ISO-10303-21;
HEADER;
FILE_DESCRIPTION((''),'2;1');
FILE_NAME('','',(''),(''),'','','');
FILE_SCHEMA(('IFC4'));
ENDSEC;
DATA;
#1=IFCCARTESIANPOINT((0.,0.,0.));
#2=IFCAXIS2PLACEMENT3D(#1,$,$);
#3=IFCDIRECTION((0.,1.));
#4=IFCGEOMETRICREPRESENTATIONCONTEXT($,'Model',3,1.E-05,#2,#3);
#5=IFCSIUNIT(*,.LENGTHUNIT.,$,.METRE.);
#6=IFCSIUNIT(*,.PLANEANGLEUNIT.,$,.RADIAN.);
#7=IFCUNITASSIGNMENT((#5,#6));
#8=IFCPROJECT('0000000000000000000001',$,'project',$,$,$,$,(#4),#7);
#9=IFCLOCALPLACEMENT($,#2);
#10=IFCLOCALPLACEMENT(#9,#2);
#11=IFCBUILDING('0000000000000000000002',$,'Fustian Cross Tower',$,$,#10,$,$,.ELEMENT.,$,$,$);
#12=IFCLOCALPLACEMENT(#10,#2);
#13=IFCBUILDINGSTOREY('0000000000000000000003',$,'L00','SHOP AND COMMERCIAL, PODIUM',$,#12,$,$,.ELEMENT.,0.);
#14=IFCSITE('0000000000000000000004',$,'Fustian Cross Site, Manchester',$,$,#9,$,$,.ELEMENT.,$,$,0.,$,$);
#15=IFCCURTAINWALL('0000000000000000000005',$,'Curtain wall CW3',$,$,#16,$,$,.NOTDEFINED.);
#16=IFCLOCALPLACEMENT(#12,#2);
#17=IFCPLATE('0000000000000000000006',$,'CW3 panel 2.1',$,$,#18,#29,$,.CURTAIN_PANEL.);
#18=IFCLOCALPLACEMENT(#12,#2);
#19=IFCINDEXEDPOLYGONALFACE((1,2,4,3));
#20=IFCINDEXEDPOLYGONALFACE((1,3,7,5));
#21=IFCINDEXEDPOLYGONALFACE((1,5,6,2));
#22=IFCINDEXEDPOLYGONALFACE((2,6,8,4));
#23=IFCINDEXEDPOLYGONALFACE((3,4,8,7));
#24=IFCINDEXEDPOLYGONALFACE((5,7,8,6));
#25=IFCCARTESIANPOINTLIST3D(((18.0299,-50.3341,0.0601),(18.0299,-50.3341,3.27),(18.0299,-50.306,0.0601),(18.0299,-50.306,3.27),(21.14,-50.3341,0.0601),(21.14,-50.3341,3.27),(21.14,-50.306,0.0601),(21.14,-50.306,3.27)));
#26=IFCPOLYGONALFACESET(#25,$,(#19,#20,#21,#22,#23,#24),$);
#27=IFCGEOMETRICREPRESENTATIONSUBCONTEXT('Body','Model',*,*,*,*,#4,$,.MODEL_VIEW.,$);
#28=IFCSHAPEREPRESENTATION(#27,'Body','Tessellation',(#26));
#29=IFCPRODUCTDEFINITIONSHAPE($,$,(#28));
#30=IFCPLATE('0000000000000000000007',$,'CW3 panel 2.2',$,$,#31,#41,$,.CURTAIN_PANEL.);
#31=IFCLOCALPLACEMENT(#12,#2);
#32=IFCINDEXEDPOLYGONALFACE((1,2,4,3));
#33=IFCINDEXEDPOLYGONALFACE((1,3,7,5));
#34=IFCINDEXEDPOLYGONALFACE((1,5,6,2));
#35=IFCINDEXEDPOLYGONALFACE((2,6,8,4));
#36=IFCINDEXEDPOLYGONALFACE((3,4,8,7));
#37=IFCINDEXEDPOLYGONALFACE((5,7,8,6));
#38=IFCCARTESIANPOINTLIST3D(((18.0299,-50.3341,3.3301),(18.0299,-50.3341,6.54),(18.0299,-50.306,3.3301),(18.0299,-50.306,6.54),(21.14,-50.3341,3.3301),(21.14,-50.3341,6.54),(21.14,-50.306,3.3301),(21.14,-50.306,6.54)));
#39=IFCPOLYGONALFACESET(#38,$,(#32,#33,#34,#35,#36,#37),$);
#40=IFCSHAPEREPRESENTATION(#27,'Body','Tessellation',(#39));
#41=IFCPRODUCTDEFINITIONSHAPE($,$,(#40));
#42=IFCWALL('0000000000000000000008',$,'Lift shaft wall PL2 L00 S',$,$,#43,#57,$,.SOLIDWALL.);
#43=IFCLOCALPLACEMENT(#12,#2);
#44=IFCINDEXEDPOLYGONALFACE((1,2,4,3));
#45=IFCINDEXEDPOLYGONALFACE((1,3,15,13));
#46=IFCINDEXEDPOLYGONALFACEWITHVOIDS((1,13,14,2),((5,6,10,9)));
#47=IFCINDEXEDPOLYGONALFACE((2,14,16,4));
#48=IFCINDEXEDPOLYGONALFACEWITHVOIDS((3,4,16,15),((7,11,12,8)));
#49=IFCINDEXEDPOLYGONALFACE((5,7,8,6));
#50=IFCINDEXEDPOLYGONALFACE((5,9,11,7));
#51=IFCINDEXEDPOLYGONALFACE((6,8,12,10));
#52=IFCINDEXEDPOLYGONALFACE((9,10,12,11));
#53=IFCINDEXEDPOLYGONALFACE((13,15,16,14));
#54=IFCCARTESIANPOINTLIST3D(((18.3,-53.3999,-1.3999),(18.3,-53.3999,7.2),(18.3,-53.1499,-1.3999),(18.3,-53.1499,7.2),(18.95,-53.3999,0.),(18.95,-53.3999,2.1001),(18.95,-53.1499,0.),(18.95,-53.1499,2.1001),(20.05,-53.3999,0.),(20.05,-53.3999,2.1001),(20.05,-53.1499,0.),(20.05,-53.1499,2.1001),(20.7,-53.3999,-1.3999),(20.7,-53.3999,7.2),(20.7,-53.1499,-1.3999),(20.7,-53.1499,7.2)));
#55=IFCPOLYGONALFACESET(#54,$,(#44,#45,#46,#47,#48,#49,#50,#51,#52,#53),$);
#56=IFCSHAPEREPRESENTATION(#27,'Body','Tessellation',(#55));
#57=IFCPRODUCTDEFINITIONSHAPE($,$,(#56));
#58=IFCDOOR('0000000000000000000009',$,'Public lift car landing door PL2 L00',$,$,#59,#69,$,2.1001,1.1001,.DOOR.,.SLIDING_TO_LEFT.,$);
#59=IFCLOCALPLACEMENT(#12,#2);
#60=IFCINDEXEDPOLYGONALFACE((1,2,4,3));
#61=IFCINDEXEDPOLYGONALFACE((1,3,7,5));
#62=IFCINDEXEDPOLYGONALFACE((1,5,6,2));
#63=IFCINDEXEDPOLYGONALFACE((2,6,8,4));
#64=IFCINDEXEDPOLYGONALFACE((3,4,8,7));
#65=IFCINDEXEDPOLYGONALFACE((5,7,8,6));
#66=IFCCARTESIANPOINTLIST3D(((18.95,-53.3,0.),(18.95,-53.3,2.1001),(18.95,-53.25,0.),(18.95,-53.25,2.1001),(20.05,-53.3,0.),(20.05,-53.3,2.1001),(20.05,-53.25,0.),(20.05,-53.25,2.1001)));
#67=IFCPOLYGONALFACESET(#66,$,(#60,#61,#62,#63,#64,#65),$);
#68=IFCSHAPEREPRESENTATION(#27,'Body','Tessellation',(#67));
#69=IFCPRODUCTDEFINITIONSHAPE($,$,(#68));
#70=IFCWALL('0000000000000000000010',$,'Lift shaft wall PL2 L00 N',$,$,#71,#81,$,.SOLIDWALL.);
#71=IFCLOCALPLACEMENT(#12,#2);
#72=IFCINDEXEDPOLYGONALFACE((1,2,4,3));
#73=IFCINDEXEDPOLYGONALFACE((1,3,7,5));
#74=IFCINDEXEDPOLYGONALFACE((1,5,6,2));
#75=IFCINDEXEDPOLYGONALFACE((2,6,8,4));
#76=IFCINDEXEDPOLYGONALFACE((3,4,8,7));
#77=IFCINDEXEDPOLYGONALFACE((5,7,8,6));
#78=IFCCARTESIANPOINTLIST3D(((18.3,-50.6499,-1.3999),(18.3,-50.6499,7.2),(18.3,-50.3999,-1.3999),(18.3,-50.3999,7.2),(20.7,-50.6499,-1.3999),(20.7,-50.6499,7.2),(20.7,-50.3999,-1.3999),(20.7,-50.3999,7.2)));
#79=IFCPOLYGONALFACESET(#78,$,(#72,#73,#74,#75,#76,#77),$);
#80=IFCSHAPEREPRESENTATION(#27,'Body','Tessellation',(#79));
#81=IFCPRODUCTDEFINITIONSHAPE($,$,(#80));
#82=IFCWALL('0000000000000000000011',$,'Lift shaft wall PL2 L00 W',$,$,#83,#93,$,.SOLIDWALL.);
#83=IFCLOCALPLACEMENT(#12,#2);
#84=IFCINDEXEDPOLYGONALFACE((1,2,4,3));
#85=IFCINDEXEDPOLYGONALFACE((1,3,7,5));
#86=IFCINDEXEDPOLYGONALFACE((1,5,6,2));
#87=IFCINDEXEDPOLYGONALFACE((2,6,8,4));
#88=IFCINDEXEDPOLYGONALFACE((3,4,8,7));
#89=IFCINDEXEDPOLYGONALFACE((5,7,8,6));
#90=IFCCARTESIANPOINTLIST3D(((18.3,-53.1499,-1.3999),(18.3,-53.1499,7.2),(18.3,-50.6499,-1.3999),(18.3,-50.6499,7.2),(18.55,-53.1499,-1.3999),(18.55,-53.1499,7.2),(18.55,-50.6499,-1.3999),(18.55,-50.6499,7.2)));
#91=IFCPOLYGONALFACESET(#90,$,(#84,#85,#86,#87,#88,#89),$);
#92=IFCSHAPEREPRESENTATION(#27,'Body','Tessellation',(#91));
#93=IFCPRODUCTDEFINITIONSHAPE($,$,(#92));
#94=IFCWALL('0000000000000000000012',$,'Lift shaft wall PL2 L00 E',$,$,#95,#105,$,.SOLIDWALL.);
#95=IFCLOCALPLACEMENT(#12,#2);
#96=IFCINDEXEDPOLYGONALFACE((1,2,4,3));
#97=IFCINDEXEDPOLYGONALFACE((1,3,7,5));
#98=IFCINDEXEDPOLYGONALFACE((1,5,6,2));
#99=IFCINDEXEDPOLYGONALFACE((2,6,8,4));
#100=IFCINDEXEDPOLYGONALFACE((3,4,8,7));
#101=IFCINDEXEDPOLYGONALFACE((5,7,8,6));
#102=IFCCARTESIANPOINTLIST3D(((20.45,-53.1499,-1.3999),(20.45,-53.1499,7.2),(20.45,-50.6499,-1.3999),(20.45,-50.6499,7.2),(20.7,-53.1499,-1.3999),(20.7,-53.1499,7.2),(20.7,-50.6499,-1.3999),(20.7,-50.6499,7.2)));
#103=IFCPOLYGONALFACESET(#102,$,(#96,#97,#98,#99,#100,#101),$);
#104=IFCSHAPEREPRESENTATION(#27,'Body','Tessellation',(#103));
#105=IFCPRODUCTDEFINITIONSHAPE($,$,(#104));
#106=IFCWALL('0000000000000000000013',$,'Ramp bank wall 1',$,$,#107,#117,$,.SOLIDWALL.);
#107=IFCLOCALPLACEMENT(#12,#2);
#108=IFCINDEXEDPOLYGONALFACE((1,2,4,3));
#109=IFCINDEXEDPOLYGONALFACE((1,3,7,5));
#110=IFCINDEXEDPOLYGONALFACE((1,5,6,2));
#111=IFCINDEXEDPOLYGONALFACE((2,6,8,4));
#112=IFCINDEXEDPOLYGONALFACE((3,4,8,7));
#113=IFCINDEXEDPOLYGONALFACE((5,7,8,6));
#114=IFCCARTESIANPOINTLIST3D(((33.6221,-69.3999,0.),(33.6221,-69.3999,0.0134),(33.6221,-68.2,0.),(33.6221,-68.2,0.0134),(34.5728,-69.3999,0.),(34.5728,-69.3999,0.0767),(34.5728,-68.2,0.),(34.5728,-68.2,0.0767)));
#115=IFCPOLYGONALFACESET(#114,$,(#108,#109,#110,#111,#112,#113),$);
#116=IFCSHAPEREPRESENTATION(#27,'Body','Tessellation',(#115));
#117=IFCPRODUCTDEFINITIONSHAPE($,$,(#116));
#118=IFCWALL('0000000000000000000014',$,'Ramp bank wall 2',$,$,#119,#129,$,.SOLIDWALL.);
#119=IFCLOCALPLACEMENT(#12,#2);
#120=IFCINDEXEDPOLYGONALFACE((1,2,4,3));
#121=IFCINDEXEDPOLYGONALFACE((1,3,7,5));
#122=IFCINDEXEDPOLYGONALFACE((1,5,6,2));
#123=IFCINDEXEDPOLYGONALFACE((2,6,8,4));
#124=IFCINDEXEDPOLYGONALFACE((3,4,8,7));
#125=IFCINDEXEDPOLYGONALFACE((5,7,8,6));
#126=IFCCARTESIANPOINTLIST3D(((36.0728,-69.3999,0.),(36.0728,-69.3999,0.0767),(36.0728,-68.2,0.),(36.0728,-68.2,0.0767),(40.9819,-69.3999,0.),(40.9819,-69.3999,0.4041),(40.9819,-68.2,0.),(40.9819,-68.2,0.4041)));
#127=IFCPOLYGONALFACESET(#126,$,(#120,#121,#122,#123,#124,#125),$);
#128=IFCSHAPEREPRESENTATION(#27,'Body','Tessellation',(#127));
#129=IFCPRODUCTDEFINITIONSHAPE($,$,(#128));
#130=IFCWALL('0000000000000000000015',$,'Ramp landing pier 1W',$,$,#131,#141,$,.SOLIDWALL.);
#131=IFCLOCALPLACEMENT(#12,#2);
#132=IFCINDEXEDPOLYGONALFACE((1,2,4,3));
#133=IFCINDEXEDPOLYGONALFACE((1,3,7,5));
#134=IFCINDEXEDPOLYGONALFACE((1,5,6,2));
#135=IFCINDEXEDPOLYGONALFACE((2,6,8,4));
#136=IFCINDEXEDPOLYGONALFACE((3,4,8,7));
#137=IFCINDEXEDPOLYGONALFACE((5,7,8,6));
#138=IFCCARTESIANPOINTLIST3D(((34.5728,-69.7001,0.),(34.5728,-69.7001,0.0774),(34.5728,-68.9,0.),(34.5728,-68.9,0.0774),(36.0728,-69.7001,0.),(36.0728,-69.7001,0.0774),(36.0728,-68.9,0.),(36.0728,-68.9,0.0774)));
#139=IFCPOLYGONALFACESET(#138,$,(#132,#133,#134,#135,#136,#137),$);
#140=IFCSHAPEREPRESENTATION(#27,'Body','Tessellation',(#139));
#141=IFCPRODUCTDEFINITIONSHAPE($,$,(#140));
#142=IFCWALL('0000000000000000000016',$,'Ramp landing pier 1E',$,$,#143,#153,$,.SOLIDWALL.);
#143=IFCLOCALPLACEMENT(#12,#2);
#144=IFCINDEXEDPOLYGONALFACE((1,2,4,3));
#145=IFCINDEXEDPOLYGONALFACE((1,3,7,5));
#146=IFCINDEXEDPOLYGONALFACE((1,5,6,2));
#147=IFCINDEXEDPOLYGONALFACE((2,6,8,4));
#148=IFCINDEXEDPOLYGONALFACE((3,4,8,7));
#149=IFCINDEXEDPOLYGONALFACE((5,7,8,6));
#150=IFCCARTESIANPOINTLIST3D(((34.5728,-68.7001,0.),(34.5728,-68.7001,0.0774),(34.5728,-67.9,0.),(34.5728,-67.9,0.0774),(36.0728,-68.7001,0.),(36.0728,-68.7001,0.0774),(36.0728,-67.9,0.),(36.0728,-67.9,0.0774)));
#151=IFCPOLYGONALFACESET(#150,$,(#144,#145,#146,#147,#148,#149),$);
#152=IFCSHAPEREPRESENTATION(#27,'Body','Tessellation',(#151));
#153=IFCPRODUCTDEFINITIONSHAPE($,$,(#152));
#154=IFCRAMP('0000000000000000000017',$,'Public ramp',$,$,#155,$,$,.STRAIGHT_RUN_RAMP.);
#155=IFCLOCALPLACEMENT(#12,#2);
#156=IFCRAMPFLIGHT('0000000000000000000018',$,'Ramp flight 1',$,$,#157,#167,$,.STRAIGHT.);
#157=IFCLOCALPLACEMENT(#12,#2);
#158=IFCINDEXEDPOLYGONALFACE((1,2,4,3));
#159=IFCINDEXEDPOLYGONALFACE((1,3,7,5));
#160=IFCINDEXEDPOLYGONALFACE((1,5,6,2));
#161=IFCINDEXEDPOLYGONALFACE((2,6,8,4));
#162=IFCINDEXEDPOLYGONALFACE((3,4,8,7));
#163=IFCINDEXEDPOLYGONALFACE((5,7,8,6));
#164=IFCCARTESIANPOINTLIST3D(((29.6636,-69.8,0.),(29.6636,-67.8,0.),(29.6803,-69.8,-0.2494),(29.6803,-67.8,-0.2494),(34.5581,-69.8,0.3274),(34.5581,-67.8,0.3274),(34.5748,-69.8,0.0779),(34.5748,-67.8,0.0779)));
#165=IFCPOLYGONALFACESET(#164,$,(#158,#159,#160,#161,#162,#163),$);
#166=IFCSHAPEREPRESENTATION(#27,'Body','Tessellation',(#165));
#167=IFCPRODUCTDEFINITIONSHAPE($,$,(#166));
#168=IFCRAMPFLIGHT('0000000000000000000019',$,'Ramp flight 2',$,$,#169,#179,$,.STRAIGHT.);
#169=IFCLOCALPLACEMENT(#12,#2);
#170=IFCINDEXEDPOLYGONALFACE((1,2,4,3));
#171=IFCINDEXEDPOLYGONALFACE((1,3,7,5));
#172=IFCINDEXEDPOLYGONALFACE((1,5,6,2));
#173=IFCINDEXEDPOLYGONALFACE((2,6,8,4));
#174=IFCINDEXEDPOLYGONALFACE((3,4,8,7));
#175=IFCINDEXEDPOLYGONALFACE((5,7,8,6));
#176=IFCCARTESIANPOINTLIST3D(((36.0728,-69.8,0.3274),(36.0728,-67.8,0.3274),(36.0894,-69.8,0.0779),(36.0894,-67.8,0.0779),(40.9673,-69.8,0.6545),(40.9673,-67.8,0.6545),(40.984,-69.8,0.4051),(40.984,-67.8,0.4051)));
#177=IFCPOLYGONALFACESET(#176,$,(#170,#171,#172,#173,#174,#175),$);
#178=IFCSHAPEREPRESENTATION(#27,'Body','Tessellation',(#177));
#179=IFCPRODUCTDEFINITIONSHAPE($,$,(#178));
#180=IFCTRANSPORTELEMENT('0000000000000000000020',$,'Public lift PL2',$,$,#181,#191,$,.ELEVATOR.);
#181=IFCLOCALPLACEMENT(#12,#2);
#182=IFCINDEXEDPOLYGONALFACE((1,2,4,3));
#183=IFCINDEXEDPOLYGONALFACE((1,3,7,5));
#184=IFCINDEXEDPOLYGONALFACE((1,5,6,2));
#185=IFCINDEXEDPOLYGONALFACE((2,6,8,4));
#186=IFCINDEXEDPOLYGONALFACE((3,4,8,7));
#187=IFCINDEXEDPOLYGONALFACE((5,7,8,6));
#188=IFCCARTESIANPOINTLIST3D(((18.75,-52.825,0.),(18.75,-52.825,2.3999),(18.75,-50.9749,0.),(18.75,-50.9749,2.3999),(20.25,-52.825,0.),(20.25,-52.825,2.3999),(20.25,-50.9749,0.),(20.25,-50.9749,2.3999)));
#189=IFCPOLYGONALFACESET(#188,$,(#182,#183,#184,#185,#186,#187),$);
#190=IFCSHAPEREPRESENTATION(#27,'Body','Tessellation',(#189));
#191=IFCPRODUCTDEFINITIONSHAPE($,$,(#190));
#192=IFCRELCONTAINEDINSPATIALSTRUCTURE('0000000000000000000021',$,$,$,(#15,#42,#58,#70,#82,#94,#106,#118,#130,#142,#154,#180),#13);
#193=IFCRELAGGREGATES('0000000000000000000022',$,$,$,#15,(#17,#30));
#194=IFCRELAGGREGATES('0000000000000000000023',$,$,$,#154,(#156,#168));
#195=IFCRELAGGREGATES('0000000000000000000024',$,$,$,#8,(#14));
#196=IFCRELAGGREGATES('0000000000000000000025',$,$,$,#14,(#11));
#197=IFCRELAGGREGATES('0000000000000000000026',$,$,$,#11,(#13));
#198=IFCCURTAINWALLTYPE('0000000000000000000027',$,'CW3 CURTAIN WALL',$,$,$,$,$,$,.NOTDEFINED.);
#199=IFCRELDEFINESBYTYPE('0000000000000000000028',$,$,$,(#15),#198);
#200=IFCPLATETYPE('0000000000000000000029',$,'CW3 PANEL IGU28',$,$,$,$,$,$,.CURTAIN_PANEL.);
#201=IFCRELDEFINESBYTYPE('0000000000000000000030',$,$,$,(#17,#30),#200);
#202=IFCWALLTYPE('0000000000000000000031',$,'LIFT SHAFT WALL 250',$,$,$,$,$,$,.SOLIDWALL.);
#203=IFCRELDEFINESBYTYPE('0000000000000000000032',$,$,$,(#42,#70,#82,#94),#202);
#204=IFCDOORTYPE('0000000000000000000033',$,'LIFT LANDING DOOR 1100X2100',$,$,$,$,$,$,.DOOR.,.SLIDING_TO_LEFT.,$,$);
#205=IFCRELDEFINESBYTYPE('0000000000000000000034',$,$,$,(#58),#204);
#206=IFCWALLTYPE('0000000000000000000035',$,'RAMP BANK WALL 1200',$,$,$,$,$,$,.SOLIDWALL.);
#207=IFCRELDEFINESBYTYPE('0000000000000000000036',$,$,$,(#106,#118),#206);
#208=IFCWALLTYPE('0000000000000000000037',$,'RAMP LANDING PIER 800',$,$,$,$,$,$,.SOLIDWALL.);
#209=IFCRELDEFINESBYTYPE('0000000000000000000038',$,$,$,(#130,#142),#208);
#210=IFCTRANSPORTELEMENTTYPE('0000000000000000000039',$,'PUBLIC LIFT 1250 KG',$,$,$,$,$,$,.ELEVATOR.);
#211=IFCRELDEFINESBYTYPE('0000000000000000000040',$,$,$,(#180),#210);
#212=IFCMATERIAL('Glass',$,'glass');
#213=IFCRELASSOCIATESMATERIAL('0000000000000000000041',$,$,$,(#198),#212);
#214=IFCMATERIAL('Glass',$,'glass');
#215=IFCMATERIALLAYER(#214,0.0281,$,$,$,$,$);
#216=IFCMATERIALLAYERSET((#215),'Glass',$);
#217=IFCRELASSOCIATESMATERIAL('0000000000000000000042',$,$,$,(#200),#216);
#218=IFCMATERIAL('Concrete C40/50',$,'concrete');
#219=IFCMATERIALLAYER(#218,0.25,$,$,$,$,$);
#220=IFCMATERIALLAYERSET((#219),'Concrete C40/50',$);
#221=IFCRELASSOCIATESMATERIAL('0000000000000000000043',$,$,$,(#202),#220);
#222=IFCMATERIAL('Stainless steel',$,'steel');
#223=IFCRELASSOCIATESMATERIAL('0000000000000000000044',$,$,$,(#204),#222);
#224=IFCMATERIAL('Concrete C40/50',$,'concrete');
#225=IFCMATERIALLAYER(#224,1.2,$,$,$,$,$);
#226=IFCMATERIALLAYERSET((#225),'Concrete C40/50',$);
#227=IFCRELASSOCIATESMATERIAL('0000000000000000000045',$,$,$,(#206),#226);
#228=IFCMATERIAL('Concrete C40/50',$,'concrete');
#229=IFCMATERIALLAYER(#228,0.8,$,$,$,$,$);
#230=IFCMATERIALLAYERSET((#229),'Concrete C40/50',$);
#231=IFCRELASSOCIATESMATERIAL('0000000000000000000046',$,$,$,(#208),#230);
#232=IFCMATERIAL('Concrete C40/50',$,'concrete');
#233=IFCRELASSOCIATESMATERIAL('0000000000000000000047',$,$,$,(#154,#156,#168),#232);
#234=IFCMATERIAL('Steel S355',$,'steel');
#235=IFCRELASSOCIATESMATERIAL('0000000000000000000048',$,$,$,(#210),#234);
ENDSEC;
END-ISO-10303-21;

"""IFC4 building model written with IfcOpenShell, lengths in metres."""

from ifc_helpers import new_model, si_unit, direction, frame, frame_2d, origin, origin_2d, place, context, subcontext, project, spatial, polyline, rectangle, outline, extrude, material, layer, layer_set, type_object, element, fill, aggregate, save


model = new_model("IFC4")

# Units and contexts
model_context = context("Model", 3, precision=1e-05, world=origin(), true_north=direction((0.0, 1.0)))
body_context = subcontext(model_context, "Body", "Model", "MODEL_VIEW")
ifc_project = project(units=[si_unit("LENGTHUNIT", "METRE"), si_unit("PLANEANGLEUNIT", "RADIAN")], contexts=[model_context])

# Site, building, storey
site_placement = place(None, origin())
site = spatial("IfcSite", under=ifc_project, at=site_placement, Name="Fustian Cross Site, Manchester", CompositionType="ELEMENT", RefElevation=0.0)
building_placement = place(site_placement, origin())
building = spatial("IfcBuilding", under=site, at=building_placement, Name="Fustian Cross Tower", CompositionType="ELEMENT")
storey_placement = place(building_placement, origin())
storey = spatial("IfcBuildingStorey", under=building, at=storey_placement, Name="L00", Description="SHOP AND COMMERCIAL, PODIUM", CompositionType="ELEMENT", Elevation=0.0)

# Curtain wall, plates
ifc_material_1 = material(Name="Glass", Category="glass")
curtain_wall_type = type_object("IfcCurtainWallType", Name="CW3 CURTAIN WALL", PredefinedType="NOTDEFINED", material=ifc_material_1)
curtain_wall_placement = place(storey_placement, origin())
curtain_wall = element("IfcCurtainWall", 1, at=curtain_wall_placement, inside=storey, type_object=curtain_wall_type, Name="Curtain wall CW3", PredefinedType="NOTDEFINED")
ifc_material_2 = material(Name="Glass", Category="glass")
ifc_layer_1 = layer(ifc_material_2, 0.0281)
ifc_layer_set_1 = layer_set([ifc_layer_1], Name="Glass")
plate_type = type_object("IfcPlateType", Name="CW3 PANEL IGU28", PredefinedType="CURTAIN_PANEL", material=ifc_layer_set_1)
plate_1_placement = place(storey_placement, frame((19.585, -50.3201, 0.0601), z_axis=(0.0, 0.0, 1.0), x_axis=(1.0, 0.0, 0.0)))
plate_1 = element("IfcPlate", 2, at=plate_1_placement, type_object=plate_type, Name="CW3 panel 2.1", PredefinedType="CURTAIN_PANEL", context=body_context, shape_type="SweptSolid", body=[
    extrude(rectangle(XDim=3.1101, YDim=0.0281, at=origin_2d()), origin(), (0.0, 0.0, 1.0), 3.21),
])
plate_2_placement = place(storey_placement, frame((19.585, -50.3201, 3.3301), z_axis=(0.0, 0.0, 1.0), x_axis=(1.0, 0.0, 0.0)))
plate_2 = element("IfcPlate", 3, at=plate_2_placement, type_object=plate_type, Name="CW3 panel 2.2", PredefinedType="CURTAIN_PANEL", context=body_context, shape_type="SweptSolid", body=[
    extrude(rectangle(XDim=3.1101, YDim=0.0281, at=origin_2d()), origin(), (0.0, 0.0, 1.0), 3.21),
])
aggregate(curtain_wall, [plate_1, plate_2])

# Wall, opening, door
ifc_material_3 = material(Name="Concrete C40/50", Category="concrete")
ifc_layer_2 = layer(ifc_material_3, 0.25)
ifc_layer_set_2 = layer_set([ifc_layer_2], Name="Concrete C40/50")
wall_type_1 = type_object("IfcWallType", Name="LIFT SHAFT WALL 250", PredefinedType="SOLIDWALL", material=ifc_layer_set_2)
wall_1_placement = place(storey_placement, frame((18.3, -53.2749, -1.3999), z_axis=(0.0, 0.0, 1.0), x_axis=(1.0, 0.0, 0.0)))
wall_1 = element("IfcWall", 4, at=wall_1_placement, inside=storey, type_object=wall_type_1, Name="Lift shaft wall PL2 L00 S", PredefinedType="SOLIDWALL", context=body_context, shape_type="SweptSolid", body=[
    extrude(rectangle(XDim=2.3999, YDim=0.25, at=frame_2d((1.2, 0.0))), origin(), (0.0, 0.0, 1.0), 8.5999),
])
opening_placement = place(wall_1_placement, frame((0.6499, 0.0, 1.3999)))
opening = element("IfcOpeningElement", 5, at=opening_placement, cuts=wall_1, PredefinedType="OPENING", context=body_context, shape_type="SweptSolid", body=[
    extrude(rectangle(XDim=1.1001, YDim=2.1001, at=frame_2d((0.55, 1.05))), frame((0.0, 0.135, 0.0), z_axis=(0.0, -1.0, 0.0), x_axis=(1.0, 0.0, 0.0)), (0.0, 0.0, 1.0), 0.27),
])
ifc_material_4 = material(Name="Stainless steel", Category="steel")
door_type = type_object("IfcDoorType", Name="LIFT LANDING DOOR 1100X2100", OperationType="SLIDING_TO_LEFT", PredefinedType="DOOR", material=ifc_material_4)
door_placement = place(opening_placement, origin())
door = element("IfcDoor", 6, at=door_placement, inside=storey, type_object=door_type, Name="Public lift car landing door PL2 L00", OperationType="SLIDING_TO_LEFT", OverallHeight=2.1001, OverallWidth=1.1001, PredefinedType="DOOR", context=body_context, shape_type="SweptSolid", body=[
    extrude(rectangle(XDim=1.1001, YDim=2.1001, at=frame_2d((0.55, 1.05))), frame((0.0, 0.0249, 0.0), z_axis=(0.0, -1.0, 0.0), x_axis=(1.0, 0.0, 0.0)), (0.0, 0.0, 1.0), 0.05),
])
fill(opening, door)

# Walls
wall_2_placement = place(storey_placement, frame((18.3, -50.5249, -1.3999), z_axis=(0.0, 0.0, 1.0), x_axis=(1.0, 0.0, 0.0)))
element("IfcWall", 7, at=wall_2_placement, inside=storey, type_object=wall_type_1, Name="Lift shaft wall PL2 L00 N", PredefinedType="SOLIDWALL", context=body_context, shape_type="SweptSolid", body=[
    extrude(rectangle(XDim=2.3999, YDim=0.25, at=frame_2d((1.2, 0.0))), origin(), (0.0, 0.0, 1.0), 8.5999),
])
for number, where, z_axis, x_axis, name in (
    (8, (18.425, -53.1499, -1.3999), (0.0, 0.0, 1.0), (0.0, 1.0, 0.0), "Lift shaft wall PL2 L00 W"),
    (9, (20.575, -53.1499, -1.3999), (0.0, 0.0, 1.0), (0.0, 1.0, 0.0), "Lift shaft wall PL2 L00 E"),
):
    element("IfcWall", number, at=place(storey_placement, frame(where, z_axis=z_axis, x_axis=x_axis)), inside=storey, type_object=wall_type_1, Name=name, PredefinedType="SOLIDWALL", context=body_context, shape_type="SweptSolid", body=[
        extrude(rectangle(XDim=2.5, YDim=0.25, at=frame_2d((1.25, 0.0))), origin(), (0.0, 0.0, 1.0), 8.5999),
    ])
ifc_material_5 = material(Name="Concrete C40/50", Category="concrete")
ifc_layer_3 = layer(ifc_material_5, 1.2)
ifc_layer_set_3 = layer_set([ifc_layer_3], Name="Concrete C40/50")
wall_type_2 = type_object("IfcWallType", Name="RAMP BANK WALL 1200", PredefinedType="SOLIDWALL", material=ifc_layer_set_3)
wall_3_placement = place(storey_placement, frame((33.6221, -68.8, 0.0), z_axis=(0.0, 0.0, 1.0), x_axis=(1.0, 0.0, 0.0)))
element("IfcWall", 10, at=wall_3_placement, inside=storey, type_object=wall_type_2, Name="Ramp bank wall 1", PredefinedType="SOLIDWALL", context=body_context, shape_type="SweptSolid", body=[
    extrude(outline(polyline([(0.0, 0.0), (0.9507, 0.0), (0.9507, 0.0767), (0.0, 0.0134), (0.0, 0.0)])), frame((0.0, 0.6001, 0.0), z_axis=(0.0, -1.0, 0.0), x_axis=(1.0, 0.0, 0.0)), (0.0, 0.0, 1.0), 1.2),
])
wall_4_placement = place(storey_placement, frame((36.0728, -68.8, 0.0), z_axis=(0.0, 0.0, 1.0), x_axis=(1.0, 0.0, 0.0)))
element("IfcWall", 11, at=wall_4_placement, inside=storey, type_object=wall_type_2, Name="Ramp bank wall 2", PredefinedType="SOLIDWALL", context=body_context, shape_type="SweptSolid", body=[
    extrude(outline(polyline([(0.0, 0.0), (4.9092, 0.0), (4.9092, 0.4041), (0.0, 0.0767), (0.0, 0.0)])), frame((0.0, 0.6001, 0.0), z_axis=(0.0, -1.0, 0.0), x_axis=(1.0, 0.0, 0.0)), (0.0, 0.0, 1.0), 1.2),
])
ifc_material_6 = material(Name="Concrete C40/50", Category="concrete")
ifc_layer_4 = layer(ifc_material_6, 0.8)
ifc_layer_set_4 = layer_set([ifc_layer_4], Name="Concrete C40/50")
wall_type_3 = type_object("IfcWallType", Name="RAMP LANDING PIER 800", PredefinedType="SOLIDWALL", material=ifc_layer_set_4)
for number, where, z_axis, x_axis, name in (
    (12, (34.5728, -69.3, 0.0), (0.0, 0.0, 1.0), (1.0, 0.0, 0.0), "Ramp landing pier 1W"),
    (13, (34.5728, -68.3, 0.0), (0.0, 0.0, 1.0), (1.0, 0.0, 0.0), "Ramp landing pier 1E"),
):
    element("IfcWall", number, at=place(storey_placement, frame(where, z_axis=z_axis, x_axis=x_axis)), inside=storey, type_object=wall_type_3, Name=name, PredefinedType="SOLIDWALL", context=body_context, shape_type="SweptSolid", body=[
        extrude(rectangle(XDim=1.5, YDim=0.8, at=frame_2d((0.75, 0.0))), origin(), (0.0, 0.0, 1.0), 0.0774),
    ])

# Ramp, ramp flights
ifc_material_7 = material(Name="Concrete C40/50", Category="concrete")
ramp_placement = place(storey_placement, origin())
ramp = element("IfcRamp", 14, at=ramp_placement, inside=storey, material=ifc_material_7, Name="Public ramp", PredefinedType="STRAIGHT_RUN_RAMP")
ramp_flight_1_placement = place(storey_placement, frame((29.6636, -69.8, 0.0), z_axis=(-0.06674, 0.0, 0.99777), x_axis=(0.99777, 0.0, 0.06674)))
ramp_flight_1 = element("IfcRampFlight", 15, at=ramp_flight_1_placement, material=ifc_material_7, Name="Ramp flight 1", PredefinedType="STRAIGHT", context=body_context, shape_type="SweptSolid", body=[
    extrude(outline(polyline([(0.0, 0.0), (4.9055, 0.0), (4.9055, 2.0), (0.0, 2.0), (0.0, 0.0)])), origin(), (0.0, 0.0, -1.0), 0.25),
])
ramp_flight_2_placement = place(storey_placement, frame((36.0728, -69.8, 0.3274), z_axis=(-0.066691, 0.0, 0.997774), x_axis=(0.997774, 0.0, 0.066691)))
ramp_flight_2 = element("IfcRampFlight", 16, at=ramp_flight_2_placement, material=ifc_material_7, Name="Ramp flight 2", PredefinedType="STRAIGHT", context=body_context, shape_type="SweptSolid", body=[
    extrude(outline(polyline([(0.0, 0.0), (4.9055, 0.0), (4.9055, 2.0), (0.0, 2.0), (0.0, 0.0)])), origin(), (0.0, 0.0, -1.0), 0.25),
])
aggregate(ramp, [ramp_flight_1, ramp_flight_2])

# Transport element
ifc_material_8 = material(Name="Steel S355", Category="steel")
transport_element_type = type_object("IfcTransportElementType", Name="PUBLIC LIFT 1250 KG", PredefinedType="ELEVATOR", material=ifc_material_8)
transport_element_placement = place(storey_placement, frame((19.5, -51.8999, 0.0), z_axis=(0.0, 0.0, 1.0), x_axis=(1.0, 0.0, 0.0)))
element("IfcTransportElement", 17, at=transport_element_placement, inside=storey, type_object=transport_element_type, Name="Public lift PL2", PredefinedType="ELEVATOR", context=body_context, shape_type="SweptSolid", body=[
    extrude(rectangle(XDim=1.5, YDim=1.8501, at=origin_2d()), origin(), (0.0, 0.0, 1.0), 2.3999),
])

save(model, "model.ifc")
